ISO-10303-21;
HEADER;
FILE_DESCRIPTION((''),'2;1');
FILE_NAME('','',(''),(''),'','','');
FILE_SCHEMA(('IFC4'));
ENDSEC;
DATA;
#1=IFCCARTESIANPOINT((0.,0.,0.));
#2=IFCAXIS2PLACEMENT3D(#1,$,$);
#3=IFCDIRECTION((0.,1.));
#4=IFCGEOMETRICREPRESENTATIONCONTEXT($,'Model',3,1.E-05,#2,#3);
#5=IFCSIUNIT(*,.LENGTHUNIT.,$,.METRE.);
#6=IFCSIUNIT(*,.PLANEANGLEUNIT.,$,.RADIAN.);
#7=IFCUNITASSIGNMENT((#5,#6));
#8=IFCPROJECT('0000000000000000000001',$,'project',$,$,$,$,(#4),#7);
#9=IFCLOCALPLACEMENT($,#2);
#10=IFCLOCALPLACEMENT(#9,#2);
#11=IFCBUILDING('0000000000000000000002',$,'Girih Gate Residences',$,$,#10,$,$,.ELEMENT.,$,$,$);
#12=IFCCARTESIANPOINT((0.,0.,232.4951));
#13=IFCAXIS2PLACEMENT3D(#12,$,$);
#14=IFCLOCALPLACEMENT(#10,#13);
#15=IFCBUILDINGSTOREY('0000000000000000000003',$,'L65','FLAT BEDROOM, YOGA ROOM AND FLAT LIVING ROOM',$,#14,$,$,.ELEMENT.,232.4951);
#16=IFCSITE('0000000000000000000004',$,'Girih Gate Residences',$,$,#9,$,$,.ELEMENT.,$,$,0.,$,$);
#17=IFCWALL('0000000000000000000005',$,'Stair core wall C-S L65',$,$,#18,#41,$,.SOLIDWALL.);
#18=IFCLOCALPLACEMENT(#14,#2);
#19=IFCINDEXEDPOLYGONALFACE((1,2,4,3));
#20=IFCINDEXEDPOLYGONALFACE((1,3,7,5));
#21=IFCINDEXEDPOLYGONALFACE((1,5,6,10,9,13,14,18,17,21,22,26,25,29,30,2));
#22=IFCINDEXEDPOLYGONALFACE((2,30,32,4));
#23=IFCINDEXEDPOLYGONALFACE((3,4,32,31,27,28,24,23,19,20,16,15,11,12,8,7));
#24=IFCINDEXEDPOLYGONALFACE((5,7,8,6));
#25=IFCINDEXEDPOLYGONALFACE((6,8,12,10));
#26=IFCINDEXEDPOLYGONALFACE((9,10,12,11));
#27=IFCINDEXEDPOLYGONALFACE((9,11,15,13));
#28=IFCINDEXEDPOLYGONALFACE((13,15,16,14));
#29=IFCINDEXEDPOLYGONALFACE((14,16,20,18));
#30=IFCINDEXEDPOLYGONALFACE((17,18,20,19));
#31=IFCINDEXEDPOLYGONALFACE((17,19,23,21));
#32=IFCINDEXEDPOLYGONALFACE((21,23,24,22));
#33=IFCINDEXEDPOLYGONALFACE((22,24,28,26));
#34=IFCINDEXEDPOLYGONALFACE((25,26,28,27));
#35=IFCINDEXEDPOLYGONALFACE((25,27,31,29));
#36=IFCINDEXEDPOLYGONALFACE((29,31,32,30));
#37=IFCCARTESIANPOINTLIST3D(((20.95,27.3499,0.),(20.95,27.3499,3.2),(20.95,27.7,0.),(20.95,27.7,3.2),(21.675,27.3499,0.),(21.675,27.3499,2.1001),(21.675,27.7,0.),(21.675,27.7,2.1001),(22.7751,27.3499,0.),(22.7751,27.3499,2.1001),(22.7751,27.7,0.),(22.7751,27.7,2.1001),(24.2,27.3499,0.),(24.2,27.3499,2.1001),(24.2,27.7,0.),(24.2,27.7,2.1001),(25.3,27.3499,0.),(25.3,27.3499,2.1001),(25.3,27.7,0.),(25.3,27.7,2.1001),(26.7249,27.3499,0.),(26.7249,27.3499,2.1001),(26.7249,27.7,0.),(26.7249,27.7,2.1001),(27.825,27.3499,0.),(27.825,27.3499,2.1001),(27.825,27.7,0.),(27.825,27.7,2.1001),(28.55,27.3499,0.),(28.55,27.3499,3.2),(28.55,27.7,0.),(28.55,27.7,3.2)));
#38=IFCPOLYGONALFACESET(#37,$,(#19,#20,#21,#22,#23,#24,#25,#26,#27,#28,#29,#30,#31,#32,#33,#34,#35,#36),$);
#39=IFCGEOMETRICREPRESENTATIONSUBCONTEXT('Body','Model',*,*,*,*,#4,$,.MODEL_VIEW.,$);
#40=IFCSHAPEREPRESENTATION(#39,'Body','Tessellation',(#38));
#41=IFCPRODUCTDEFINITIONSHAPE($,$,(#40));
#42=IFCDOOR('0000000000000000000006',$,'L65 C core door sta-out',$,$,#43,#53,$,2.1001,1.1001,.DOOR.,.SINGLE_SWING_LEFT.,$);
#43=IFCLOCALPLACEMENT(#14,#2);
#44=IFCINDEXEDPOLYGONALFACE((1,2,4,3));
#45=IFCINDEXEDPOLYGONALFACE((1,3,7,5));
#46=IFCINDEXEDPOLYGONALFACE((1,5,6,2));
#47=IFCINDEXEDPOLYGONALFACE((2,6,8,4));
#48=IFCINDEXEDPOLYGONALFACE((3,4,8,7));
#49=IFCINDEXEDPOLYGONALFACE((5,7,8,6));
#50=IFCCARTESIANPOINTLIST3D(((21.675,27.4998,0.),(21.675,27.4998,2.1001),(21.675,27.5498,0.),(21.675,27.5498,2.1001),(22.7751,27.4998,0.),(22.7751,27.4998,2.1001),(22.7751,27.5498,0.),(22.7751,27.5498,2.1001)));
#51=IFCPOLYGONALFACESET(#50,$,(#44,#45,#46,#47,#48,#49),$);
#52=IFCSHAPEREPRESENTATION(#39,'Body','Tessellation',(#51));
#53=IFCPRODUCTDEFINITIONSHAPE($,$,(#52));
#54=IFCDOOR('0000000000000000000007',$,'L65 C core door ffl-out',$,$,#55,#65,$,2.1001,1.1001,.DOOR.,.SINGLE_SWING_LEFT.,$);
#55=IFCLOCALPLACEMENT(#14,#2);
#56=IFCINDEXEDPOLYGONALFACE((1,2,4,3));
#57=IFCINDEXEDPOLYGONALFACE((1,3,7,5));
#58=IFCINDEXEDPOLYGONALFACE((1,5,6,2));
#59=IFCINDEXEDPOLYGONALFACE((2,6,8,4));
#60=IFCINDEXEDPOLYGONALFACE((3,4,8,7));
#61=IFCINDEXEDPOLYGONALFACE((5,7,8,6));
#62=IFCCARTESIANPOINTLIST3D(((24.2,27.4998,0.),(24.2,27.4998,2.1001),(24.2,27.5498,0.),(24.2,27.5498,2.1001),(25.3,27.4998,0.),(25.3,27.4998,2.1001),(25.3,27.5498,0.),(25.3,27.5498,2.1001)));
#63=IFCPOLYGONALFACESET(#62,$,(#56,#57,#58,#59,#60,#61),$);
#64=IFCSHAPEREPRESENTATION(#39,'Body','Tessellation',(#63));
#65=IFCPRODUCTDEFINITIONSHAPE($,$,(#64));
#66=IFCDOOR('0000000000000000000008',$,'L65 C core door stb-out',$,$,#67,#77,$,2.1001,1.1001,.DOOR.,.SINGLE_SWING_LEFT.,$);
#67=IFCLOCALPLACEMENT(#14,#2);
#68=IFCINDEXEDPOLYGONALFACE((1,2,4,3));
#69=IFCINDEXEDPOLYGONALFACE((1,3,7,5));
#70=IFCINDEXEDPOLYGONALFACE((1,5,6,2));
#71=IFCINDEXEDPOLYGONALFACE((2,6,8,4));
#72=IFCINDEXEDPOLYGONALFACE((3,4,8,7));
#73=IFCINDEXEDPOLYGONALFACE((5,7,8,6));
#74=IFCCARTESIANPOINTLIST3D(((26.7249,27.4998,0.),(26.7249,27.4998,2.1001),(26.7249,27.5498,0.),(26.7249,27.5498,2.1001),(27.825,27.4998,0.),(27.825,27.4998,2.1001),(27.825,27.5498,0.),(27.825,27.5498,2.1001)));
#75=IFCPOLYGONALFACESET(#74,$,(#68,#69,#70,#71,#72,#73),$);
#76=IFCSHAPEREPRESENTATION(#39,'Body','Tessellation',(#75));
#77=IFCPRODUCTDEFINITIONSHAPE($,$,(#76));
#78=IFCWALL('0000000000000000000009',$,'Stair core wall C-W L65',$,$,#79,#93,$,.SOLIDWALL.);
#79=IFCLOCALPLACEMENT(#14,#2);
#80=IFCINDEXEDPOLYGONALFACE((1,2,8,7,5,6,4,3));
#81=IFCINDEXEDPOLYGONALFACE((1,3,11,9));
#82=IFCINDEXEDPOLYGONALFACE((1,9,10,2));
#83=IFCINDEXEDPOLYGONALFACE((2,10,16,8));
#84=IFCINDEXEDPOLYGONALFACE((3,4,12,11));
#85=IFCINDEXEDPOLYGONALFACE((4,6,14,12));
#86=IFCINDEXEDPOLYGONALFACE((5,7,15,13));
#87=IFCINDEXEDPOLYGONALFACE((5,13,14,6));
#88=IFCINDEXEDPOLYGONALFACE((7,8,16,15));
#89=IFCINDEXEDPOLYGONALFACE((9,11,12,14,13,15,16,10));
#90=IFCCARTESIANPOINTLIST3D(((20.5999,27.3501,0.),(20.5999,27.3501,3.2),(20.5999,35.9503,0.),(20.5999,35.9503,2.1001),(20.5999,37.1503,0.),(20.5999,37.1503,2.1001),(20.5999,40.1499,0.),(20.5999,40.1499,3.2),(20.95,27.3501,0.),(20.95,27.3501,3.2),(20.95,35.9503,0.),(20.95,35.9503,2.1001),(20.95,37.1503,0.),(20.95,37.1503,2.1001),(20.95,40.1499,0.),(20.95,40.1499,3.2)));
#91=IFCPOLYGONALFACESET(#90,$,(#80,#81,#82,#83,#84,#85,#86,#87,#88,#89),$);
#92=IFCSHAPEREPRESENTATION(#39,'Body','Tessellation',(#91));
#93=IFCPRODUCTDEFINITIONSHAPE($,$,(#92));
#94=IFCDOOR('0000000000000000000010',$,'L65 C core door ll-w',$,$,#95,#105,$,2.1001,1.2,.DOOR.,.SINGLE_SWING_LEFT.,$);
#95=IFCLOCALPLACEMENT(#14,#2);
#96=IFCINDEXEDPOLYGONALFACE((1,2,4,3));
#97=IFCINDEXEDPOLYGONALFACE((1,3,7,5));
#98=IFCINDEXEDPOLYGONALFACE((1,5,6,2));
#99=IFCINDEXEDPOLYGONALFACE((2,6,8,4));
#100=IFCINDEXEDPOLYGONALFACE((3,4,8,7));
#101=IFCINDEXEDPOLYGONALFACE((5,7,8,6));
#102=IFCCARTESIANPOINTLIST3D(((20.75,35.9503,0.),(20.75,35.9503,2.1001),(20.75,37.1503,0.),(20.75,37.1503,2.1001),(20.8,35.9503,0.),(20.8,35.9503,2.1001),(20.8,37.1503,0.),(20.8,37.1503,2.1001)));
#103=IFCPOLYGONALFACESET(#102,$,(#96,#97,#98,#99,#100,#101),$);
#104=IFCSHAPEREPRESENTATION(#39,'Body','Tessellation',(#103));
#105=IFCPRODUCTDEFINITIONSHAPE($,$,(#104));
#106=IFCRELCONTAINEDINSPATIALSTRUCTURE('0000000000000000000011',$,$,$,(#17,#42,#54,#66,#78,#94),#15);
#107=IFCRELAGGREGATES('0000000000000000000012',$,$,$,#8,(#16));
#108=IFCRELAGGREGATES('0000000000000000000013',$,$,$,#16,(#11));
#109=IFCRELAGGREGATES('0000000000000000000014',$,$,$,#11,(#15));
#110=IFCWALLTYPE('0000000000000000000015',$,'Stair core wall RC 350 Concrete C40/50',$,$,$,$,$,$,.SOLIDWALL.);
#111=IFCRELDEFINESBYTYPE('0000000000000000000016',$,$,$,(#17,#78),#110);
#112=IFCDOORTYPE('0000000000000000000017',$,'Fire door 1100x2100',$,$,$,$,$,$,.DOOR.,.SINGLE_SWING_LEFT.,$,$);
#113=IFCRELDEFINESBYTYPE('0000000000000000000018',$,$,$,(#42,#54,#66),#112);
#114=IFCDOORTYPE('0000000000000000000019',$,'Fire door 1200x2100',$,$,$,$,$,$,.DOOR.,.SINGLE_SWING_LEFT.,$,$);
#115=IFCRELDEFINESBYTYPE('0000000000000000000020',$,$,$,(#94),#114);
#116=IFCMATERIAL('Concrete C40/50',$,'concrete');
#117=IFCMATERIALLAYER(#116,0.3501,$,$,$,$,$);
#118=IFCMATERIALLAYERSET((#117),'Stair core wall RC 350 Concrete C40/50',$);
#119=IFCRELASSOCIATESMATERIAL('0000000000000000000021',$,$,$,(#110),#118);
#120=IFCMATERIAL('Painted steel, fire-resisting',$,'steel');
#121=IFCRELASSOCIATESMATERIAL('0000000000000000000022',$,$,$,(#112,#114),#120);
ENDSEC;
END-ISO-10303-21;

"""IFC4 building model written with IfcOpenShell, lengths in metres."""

from ifc_helpers import new_model, si_unit, direction, frame, frame_2d, origin, place, context, subcontext, project, spatial, rectangle, extrude, material, layer, layer_set, type_object, element, fill, save


model = new_model("IFC4")

# Units and contexts
model_context = context("Model", 3, precision=1e-05, world=origin(), true_north=direction((0.0, 1.0)))
body_context = subcontext(model_context, "Body", "Model", "MODEL_VIEW")
ifc_project = project(units=[si_unit("LENGTHUNIT", "METRE"), si_unit("PLANEANGLEUNIT", "RADIAN")], contexts=[model_context])

# Site, building, storey
site_placement = place(None, origin())
site = spatial("IfcSite", under=ifc_project, at=site_placement, Name="Girih Gate Residences", CompositionType="ELEMENT", RefElevation=0.0)
building_placement = place(site_placement, origin())
building = spatial("IfcBuilding", under=site, at=building_placement, Name="Girih Gate Residences", CompositionType="ELEMENT")
storey_placement = place(building_placement, frame((0.0, 0.0, 232.4951)))
storey = spatial("IfcBuildingStorey", under=building, at=storey_placement, Name="L65", Description="FLAT BEDROOM, YOGA ROOM AND FLAT LIVING ROOM", CompositionType="ELEMENT", Elevation=232.4951)

# Wall, openings, doors
ifc_material_1 = material(Name="Concrete C40/50", Category="concrete")
ifc_layer_1 = layer(ifc_material_1, 0.3501)
ifc_layer_set_1 = layer_set([ifc_layer_1], Name="Stair core wall RC 350 Concrete C40/50")
wall_type_1 = type_object("IfcWallType", Name="Stair core wall RC 350 Concrete C40/50", PredefinedType="SOLIDWALL", material=ifc_layer_set_1)
wall_1_placement = place(storey_placement, frame((20.95, 27.5249, 0.0), z_axis=(0.0, 0.0, 1.0), x_axis=(1.0, 0.0, 0.0)))
wall_1 = element("IfcWall", 1, at=wall_1_placement, inside=storey, type_object=wall_type_1, Name="Stair core wall C-S L65", PredefinedType="SOLIDWALL", context=body_context, shape_type="SweptSolid", body=[
    extrude(rectangle(XDim=7.6001, YDim=0.3501, at=frame_2d((3.8, 0.0))), origin(), (0.0, 0.0, 1.0), 3.2),
])
opening_1_placement = place(wall_1_placement, frame((0.7251, 0.0, 0.0)))
opening_1 = element("IfcOpeningElement", 2, at=opening_1_placement, cuts=wall_1, PredefinedType="OPENING", context=body_context, shape_type="SweptSolid", body=[
    extrude(rectangle(XDim=1.1001, YDim=2.1001, at=frame_2d((0.55, 1.05))), frame((0.0, 0.1851, 0.0), z_axis=(0.0, -1.0, 0.0), x_axis=(1.0, 0.0, 0.0)), (0.0, 0.0, 1.0), 0.3701),
])
opening_2_placement = place(wall_1_placement, frame((3.25, 0.0, 0.0)))
opening_2 = element("IfcOpeningElement", 3, at=opening_2_placement, cuts=wall_1, PredefinedType="OPENING", context=body_context, shape_type="SweptSolid", body=[
    extrude(rectangle(XDim=1.1001, YDim=2.1001, at=frame_2d((0.55, 1.05))), frame((0.0, 0.1851, 0.0), z_axis=(0.0, -1.0, 0.0), x_axis=(1.0, 0.0, 0.0)), (0.0, 0.0, 1.0), 0.3701),
])
opening_3_placement = place(wall_1_placement, frame((5.7749, 0.0, 0.0)))
opening_3 = element("IfcOpeningElement", 4, at=opening_3_placement, cuts=wall_1, PredefinedType="OPENING", context=body_context, shape_type="SweptSolid", body=[
    extrude(rectangle(XDim=1.1001, YDim=2.1001, at=frame_2d((0.55, 1.05))), frame((0.0, 0.1851, 0.0), z_axis=(0.0, -1.0, 0.0), x_axis=(1.0, 0.0, 0.0)), (0.0, 0.0, 1.0), 0.3701),
])
ifc_material_2 = material(Name="Painted steel, fire-resisting", Category="steel")
door_type_1 = type_object("IfcDoorType", Name="Fire door 1100x2100", OperationType="SINGLE_SWING_LEFT", PredefinedType="DOOR", material=ifc_material_2)
door_1_placement = place(opening_1_placement, origin())
door_1 = element("IfcDoor", 5, at=door_1_placement, inside=storey, type_object=door_type_1, Name="L65 C core door sta-out", OperationType="SINGLE_SWING_LEFT", OverallHeight=2.1001, OverallWidth=1.1001, PredefinedType="DOOR", context=body_context, shape_type="SweptSolid", body=[
    extrude(rectangle(XDim=1.1001, YDim=2.1001, at=frame_2d((0.55, 1.05))), frame((0.0, 0.0249, 0.0), z_axis=(0.0, -1.0, 0.0), x_axis=(1.0, 0.0, 0.0)), (0.0, 0.0, 1.0), 0.05),
])
fill(opening_1, door_1)
door_2_placement = place(opening_2_placement, origin())
door_2 = element("IfcDoor", 6, at=door_2_placement, inside=storey, type_object=door_type_1, Name="L65 C core door ffl-out", OperationType="SINGLE_SWING_LEFT", OverallHeight=2.1001, OverallWidth=1.1001, PredefinedType="DOOR", context=body_context, shape_type="SweptSolid", body=[
    extrude(rectangle(XDim=1.1001, YDim=2.1001, at=frame_2d((0.55, 1.05))), frame((0.0, 0.0249, 0.0), z_axis=(0.0, -1.0, 0.0), x_axis=(1.0, 0.0, 0.0)), (0.0, 0.0, 1.0), 0.05),
])
fill(opening_2, door_2)
door_3_placement = place(opening_3_placement, origin())
door_3 = element("IfcDoor", 7, at=door_3_placement, inside=storey, type_object=door_type_1, Name="L65 C core door stb-out", OperationType="SINGLE_SWING_LEFT", OverallHeight=2.1001, OverallWidth=1.1001, PredefinedType="DOOR", context=body_context, shape_type="SweptSolid", body=[
    extrude(rectangle(XDim=1.1001, YDim=2.1001, at=frame_2d((0.55, 1.05))), frame((0.0, 0.0249, 0.0), z_axis=(0.0, -1.0, 0.0), x_axis=(1.0, 0.0, 0.0)), (0.0, 0.0, 1.0), 0.05),
])
fill(opening_3, door_3)

# Wall, opening, door
wall_2_placement = place(storey_placement, frame((20.7749, 27.3501, 0.0), z_axis=(0.0, 0.0, 1.0), x_axis=(0.0, 1.0, 0.0)))
wall_2 = element("IfcWall", 8, at=wall_2_placement, inside=storey, type_object=wall_type_1, Name="Stair core wall C-W L65", PredefinedType="SOLIDWALL", context=body_context, shape_type="SweptSolid", body=[
    extrude(rectangle(XDim=12.7998, YDim=0.3501, at=frame_2d((6.3999, 0.0))), origin(), (0.0, 0.0, 1.0), 3.2),
])
opening_4_placement = place(wall_2_placement, frame((8.6001, 0.0, 0.0)))
opening_4 = element("IfcOpeningElement", 9, at=opening_4_placement, cuts=wall_2, PredefinedType="OPENING", context=body_context, shape_type="SweptSolid", body=[
    extrude(rectangle(XDim=1.2, YDim=2.1001, at=frame_2d((0.6001, 1.05))), frame((0.0, 0.1851, 0.0), z_axis=(0.0, -1.0, 0.0), x_axis=(1.0, 0.0, 0.0)), (0.0, 0.0, 1.0), 0.3701),
])
door_type_2 = type_object("IfcDoorType", Name="Fire door 1200x2100", OperationType="SINGLE_SWING_LEFT", PredefinedType="DOOR", material=ifc_material_2)
door_4_placement = place(opening_4_placement, origin())
door_4 = element("IfcDoor", 10, at=door_4_placement, inside=storey, type_object=door_type_2, Name="L65 C core door ll-w", OperationType="SINGLE_SWING_LEFT", OverallHeight=2.1001, OverallWidth=1.2, PredefinedType="DOOR", context=body_context, shape_type="SweptSolid", body=[
    extrude(rectangle(XDim=1.2, YDim=2.1001, at=frame_2d((0.6001, 1.05))), frame((0.0, 0.0249, 0.0), z_axis=(0.0, -1.0, 0.0), x_axis=(1.0, 0.0, 0.0)), (0.0, 0.0, 1.0), 0.05),
])
fill(opening_4, door_4)

save(model, "model.ifc")
